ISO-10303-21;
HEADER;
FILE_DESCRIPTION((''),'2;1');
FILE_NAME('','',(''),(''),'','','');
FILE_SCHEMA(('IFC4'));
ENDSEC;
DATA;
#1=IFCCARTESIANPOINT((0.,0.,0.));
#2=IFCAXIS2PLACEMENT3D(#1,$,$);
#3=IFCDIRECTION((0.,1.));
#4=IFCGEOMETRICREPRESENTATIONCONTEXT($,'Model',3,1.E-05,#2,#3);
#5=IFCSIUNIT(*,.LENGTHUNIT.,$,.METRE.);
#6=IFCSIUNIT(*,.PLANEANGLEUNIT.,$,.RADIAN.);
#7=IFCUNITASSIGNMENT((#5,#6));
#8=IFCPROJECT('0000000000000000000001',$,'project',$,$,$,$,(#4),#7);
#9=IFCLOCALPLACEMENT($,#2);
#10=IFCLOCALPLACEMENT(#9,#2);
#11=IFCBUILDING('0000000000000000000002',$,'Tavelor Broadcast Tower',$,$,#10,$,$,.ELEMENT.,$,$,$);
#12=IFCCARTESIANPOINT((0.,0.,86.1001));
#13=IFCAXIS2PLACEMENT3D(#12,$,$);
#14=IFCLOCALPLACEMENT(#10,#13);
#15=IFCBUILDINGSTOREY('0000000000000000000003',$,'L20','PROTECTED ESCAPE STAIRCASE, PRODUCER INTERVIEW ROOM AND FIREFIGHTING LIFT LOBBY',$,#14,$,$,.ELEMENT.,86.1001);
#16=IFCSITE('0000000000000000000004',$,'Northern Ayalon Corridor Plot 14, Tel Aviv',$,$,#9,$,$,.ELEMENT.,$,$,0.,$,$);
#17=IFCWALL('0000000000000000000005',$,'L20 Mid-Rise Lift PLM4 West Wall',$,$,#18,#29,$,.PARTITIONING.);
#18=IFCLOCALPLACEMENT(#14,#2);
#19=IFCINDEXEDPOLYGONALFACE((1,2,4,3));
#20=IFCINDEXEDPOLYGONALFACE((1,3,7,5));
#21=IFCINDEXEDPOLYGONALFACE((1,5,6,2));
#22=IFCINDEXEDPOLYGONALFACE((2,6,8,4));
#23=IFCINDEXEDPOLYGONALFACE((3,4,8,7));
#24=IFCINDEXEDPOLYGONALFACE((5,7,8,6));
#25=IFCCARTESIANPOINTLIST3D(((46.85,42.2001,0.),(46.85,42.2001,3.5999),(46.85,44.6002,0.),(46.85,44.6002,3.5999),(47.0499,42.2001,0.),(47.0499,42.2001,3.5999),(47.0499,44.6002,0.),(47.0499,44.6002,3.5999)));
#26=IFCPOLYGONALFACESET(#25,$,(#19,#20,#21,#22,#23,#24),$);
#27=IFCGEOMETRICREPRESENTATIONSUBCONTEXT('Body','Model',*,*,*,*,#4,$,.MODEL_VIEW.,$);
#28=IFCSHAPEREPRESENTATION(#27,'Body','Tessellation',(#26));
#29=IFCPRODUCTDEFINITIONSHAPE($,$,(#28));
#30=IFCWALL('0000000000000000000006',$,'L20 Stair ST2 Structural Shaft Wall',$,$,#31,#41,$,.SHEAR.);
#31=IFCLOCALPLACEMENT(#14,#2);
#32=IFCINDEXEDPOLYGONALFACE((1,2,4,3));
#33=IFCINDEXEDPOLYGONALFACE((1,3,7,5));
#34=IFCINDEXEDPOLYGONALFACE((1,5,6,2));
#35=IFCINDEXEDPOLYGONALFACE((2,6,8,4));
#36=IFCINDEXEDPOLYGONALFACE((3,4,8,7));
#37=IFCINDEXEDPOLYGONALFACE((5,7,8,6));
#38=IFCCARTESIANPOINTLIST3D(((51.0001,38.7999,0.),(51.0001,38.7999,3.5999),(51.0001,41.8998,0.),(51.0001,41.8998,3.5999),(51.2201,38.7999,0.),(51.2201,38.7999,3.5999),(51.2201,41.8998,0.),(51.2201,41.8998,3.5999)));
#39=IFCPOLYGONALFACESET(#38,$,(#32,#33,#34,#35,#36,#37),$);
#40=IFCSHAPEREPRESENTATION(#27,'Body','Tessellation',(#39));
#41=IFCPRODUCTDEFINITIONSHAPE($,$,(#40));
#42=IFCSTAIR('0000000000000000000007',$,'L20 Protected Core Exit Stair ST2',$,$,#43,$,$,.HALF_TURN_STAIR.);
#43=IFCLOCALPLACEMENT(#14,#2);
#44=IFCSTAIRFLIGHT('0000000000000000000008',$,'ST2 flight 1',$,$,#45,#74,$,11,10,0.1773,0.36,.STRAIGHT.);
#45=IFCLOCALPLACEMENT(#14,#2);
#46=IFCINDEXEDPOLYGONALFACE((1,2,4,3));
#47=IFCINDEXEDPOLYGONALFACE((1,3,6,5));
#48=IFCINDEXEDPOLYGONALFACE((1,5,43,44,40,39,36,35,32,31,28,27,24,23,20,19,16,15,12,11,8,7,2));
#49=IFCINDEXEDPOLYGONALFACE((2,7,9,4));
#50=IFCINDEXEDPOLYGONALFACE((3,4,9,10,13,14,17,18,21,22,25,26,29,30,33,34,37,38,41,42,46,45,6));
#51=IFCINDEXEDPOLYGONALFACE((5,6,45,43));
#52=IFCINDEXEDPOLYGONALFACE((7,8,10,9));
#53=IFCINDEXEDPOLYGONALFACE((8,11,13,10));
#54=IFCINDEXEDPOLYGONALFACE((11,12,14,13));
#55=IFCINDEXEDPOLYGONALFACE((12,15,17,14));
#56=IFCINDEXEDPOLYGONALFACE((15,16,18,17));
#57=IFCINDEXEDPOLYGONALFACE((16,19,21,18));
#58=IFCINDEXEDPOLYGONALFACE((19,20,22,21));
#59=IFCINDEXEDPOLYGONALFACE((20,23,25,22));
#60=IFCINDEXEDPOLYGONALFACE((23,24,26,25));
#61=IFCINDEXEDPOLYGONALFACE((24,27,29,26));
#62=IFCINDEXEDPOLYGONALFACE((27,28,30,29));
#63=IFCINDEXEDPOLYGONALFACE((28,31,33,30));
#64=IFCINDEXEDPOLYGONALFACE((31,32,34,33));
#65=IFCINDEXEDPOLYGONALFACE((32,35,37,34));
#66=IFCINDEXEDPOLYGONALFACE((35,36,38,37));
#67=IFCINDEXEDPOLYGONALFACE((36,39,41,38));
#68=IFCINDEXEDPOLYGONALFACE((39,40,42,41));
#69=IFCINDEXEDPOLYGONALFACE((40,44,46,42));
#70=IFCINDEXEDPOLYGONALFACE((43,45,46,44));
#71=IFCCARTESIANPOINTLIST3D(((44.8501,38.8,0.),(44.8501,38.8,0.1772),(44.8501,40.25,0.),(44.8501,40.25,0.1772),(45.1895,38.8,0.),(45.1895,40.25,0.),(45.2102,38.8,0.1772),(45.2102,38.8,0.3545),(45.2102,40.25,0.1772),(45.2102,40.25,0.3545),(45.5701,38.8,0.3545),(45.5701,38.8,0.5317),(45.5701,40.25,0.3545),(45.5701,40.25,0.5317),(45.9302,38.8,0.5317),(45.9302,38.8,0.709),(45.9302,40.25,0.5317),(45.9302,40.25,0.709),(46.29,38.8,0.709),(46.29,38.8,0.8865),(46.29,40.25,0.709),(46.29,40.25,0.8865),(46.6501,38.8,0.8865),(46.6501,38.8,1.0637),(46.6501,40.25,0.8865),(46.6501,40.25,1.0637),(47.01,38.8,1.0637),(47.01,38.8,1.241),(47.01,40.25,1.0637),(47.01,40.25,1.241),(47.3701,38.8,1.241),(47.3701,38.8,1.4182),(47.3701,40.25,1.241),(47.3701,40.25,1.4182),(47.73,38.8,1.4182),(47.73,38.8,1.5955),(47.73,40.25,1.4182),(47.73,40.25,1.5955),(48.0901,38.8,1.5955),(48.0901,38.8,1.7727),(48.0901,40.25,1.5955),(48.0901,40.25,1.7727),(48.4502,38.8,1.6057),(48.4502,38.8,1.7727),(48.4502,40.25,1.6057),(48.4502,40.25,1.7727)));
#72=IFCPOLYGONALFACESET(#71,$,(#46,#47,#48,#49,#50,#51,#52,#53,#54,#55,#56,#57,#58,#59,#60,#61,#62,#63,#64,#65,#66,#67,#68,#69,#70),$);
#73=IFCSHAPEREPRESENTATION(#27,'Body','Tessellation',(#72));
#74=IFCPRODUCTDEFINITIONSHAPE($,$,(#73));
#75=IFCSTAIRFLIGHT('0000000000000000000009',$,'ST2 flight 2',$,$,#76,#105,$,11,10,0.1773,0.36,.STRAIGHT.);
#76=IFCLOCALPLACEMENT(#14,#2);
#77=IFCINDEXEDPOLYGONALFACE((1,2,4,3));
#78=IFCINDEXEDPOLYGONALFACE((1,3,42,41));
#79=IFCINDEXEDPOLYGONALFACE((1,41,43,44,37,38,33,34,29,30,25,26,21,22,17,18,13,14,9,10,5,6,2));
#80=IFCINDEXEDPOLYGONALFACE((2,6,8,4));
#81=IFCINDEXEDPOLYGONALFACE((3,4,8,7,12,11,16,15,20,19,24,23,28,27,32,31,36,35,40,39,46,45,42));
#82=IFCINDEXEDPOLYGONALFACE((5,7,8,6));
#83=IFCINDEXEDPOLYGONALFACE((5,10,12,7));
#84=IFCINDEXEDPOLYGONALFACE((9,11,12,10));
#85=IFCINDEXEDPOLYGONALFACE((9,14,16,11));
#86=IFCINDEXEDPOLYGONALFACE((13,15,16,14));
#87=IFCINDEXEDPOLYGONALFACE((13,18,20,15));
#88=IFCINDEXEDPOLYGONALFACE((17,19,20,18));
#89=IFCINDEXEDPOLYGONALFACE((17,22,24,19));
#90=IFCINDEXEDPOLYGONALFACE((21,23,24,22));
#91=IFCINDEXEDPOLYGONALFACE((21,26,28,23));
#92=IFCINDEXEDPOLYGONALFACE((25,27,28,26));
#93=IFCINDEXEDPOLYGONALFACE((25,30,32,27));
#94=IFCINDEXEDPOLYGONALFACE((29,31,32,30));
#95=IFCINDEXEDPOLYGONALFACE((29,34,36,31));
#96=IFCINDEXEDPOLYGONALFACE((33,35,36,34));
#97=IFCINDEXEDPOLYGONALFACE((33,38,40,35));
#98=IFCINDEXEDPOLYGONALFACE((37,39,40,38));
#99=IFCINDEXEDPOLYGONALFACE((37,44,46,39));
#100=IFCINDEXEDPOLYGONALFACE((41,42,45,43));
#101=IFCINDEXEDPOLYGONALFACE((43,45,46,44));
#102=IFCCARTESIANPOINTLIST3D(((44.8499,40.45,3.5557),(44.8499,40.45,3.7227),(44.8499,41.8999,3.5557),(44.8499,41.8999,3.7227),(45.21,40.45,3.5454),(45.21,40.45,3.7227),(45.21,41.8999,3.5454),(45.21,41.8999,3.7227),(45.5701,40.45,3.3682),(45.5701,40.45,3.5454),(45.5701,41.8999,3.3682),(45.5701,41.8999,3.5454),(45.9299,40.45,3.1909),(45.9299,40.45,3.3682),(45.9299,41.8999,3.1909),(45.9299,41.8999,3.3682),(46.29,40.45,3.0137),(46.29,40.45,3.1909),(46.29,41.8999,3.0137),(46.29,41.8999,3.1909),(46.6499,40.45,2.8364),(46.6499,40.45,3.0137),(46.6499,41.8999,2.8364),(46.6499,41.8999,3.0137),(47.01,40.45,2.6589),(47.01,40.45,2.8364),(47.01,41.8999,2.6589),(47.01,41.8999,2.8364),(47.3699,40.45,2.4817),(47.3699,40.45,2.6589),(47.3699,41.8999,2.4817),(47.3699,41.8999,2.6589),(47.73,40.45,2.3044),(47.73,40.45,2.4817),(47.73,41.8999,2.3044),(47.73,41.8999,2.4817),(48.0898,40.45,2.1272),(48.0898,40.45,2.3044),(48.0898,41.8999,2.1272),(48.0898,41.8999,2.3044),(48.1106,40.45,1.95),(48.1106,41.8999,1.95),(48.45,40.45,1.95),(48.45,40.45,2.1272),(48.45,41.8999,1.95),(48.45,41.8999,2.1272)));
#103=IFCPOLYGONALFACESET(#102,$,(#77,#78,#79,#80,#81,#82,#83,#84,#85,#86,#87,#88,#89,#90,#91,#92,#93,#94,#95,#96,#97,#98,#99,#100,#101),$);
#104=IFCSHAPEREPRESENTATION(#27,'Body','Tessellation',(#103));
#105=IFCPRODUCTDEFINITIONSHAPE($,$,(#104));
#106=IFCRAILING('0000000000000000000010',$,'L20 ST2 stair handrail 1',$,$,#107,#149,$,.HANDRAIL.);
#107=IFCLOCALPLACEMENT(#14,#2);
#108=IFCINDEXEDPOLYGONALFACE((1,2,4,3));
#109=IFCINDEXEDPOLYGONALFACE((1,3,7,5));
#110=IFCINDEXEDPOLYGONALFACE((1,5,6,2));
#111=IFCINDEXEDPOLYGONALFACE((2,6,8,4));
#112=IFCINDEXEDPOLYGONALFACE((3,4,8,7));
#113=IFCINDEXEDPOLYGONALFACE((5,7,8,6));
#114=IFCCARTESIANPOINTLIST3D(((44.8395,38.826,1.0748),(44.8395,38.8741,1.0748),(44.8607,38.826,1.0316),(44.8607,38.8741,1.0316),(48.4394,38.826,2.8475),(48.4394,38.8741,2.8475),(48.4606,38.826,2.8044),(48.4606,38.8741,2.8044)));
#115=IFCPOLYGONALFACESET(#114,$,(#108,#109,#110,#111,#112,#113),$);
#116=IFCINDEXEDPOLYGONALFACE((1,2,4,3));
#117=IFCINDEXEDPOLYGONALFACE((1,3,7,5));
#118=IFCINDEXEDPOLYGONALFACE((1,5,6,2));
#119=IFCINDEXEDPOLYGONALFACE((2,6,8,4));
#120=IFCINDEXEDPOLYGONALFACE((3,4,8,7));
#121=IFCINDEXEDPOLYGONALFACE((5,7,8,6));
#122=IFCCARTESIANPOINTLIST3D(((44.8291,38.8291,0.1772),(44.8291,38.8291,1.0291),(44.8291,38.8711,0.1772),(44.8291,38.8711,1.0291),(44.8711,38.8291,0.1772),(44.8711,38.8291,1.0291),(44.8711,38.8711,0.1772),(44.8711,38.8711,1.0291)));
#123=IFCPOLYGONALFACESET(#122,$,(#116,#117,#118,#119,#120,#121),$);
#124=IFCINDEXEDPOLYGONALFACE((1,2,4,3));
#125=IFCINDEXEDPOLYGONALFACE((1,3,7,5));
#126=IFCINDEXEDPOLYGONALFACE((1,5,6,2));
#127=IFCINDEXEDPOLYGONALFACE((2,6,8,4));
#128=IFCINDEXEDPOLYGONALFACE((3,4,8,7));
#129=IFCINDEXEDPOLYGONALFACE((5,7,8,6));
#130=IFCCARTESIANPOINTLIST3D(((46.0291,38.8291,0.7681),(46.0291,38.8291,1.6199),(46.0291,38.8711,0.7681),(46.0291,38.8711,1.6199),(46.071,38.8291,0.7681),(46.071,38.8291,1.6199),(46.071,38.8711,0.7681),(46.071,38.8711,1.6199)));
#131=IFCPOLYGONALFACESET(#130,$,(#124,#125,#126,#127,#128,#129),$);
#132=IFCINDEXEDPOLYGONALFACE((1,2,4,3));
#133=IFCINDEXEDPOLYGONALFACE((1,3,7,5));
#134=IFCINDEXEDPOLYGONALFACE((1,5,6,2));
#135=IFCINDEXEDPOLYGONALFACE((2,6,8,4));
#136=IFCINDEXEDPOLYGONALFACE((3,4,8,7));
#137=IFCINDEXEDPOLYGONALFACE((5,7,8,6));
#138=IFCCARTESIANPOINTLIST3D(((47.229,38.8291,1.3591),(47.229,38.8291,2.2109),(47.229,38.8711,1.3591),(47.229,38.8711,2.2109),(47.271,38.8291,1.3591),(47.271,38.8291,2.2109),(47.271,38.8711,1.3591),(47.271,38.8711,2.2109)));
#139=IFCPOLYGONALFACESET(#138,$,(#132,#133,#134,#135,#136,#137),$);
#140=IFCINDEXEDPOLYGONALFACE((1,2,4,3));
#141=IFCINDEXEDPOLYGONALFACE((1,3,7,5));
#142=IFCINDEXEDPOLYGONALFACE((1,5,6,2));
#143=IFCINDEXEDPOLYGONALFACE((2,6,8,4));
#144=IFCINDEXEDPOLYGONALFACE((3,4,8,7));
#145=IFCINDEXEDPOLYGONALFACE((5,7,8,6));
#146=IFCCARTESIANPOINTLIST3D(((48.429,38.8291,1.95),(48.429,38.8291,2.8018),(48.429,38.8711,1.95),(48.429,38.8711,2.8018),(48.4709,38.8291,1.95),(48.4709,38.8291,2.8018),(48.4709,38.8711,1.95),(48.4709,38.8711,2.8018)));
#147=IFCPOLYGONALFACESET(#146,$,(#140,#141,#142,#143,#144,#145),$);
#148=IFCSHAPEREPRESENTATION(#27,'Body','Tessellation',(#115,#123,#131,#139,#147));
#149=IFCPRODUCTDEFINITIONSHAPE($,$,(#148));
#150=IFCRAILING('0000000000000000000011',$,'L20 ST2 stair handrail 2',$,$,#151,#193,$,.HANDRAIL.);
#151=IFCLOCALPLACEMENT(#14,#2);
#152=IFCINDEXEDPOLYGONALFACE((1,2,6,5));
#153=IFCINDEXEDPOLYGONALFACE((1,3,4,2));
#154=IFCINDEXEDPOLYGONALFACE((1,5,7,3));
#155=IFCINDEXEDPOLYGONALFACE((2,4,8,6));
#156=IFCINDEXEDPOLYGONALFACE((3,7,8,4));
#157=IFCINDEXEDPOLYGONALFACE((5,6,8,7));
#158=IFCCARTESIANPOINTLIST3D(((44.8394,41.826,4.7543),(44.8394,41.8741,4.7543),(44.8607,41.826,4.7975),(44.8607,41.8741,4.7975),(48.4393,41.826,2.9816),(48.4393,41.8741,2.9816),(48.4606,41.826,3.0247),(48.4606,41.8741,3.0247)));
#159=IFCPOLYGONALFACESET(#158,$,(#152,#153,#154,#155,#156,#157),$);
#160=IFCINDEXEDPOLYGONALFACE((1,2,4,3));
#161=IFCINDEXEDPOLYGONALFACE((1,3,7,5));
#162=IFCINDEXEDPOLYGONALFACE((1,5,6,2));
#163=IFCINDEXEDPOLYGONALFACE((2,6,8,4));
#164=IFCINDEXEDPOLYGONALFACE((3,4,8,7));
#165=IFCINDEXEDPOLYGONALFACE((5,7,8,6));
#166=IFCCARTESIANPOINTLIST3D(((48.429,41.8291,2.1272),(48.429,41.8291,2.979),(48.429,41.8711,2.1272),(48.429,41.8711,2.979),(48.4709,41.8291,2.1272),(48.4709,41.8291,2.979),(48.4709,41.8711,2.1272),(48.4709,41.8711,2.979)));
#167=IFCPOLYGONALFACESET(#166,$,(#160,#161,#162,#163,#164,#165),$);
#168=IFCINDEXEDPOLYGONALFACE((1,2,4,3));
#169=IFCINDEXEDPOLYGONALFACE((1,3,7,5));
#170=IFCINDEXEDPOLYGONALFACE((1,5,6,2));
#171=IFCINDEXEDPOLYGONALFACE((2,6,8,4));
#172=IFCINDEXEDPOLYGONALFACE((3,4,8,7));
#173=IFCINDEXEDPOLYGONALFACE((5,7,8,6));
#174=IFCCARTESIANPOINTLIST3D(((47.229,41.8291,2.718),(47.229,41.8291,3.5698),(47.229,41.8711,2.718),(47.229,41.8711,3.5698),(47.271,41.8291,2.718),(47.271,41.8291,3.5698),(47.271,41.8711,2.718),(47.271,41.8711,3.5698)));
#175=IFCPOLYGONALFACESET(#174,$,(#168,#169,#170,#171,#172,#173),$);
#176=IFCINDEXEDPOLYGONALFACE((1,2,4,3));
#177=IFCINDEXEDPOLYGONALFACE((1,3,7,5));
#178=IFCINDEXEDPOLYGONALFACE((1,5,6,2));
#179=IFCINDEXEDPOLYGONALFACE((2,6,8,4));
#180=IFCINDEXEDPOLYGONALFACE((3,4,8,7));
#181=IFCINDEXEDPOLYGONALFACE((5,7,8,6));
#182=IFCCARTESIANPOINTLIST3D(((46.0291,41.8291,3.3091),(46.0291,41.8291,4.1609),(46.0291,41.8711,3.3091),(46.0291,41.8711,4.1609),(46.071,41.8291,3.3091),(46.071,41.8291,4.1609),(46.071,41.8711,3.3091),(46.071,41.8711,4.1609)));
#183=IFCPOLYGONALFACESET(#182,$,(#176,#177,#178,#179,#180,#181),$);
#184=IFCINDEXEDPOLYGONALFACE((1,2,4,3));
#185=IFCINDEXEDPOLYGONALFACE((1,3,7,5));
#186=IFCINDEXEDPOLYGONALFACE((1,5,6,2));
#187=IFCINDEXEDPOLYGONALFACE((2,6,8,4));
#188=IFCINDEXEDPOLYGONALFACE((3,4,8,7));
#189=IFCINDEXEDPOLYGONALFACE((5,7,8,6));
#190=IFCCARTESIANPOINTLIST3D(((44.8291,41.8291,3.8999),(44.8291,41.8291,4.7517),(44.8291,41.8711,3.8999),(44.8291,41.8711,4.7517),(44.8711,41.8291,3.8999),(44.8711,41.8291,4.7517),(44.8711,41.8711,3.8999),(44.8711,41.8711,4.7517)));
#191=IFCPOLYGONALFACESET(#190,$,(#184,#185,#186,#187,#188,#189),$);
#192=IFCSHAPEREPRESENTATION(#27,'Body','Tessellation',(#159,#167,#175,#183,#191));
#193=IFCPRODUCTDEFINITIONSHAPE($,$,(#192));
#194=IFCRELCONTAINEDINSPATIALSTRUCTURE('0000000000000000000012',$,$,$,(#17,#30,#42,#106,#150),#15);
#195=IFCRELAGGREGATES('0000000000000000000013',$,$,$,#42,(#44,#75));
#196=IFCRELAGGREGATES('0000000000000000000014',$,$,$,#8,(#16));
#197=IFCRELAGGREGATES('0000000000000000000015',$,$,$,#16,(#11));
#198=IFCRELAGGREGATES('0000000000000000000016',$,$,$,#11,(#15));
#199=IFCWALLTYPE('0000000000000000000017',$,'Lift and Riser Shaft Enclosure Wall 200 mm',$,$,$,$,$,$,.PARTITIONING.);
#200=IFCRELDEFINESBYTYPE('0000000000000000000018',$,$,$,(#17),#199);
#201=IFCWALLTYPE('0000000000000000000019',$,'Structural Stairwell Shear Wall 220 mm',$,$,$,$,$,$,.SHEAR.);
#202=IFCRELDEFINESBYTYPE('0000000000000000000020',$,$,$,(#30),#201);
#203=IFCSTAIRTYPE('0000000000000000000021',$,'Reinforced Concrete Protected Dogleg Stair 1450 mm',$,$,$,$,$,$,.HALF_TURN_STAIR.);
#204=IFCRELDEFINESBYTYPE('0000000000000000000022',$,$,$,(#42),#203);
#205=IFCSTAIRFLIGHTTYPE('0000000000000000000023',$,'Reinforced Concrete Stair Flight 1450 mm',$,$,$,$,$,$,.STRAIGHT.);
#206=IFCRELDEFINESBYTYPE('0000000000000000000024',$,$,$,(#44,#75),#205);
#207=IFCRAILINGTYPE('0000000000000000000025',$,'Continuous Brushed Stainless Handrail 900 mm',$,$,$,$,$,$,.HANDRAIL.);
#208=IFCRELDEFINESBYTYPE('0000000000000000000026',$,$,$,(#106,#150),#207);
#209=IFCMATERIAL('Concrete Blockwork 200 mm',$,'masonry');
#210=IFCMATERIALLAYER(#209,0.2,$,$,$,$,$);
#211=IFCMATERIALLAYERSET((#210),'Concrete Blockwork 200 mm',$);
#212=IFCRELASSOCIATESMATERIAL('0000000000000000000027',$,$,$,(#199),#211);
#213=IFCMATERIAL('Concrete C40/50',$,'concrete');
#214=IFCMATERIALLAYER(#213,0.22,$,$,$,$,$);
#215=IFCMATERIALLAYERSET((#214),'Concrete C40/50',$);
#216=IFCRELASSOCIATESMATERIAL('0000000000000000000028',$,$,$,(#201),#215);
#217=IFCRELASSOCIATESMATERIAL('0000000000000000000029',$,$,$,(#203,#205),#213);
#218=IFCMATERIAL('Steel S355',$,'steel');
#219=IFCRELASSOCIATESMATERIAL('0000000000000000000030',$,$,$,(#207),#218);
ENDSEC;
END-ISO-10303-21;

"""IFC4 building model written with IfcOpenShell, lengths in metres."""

from ifc_helpers import new_model, si_unit, direction, frame, frame_2d, origin, origin_2d, place, context, subcontext, project, spatial, polyline, rectangle, outline, extrude, material, layer, layer_set, type_object, element, aggregate, save


model = new_model("IFC4")

# Units and contexts
model_context = context("Model", 3, precision=1e-05, world=origin(), true_north=direction((0.0, 1.0)))
body_context = subcontext(model_context, "Body", "Model", "MODEL_VIEW")
ifc_project = project(units=[si_unit("LENGTHUNIT", "METRE"), si_unit("PLANEANGLEUNIT", "RADIAN")], contexts=[model_context])

# Site, building, storey
site_placement = place(None, origin())
site = spatial("IfcSite", under=ifc_project, at=site_placement, Name="Northern Ayalon Corridor Plot 14, Tel Aviv", CompositionType="ELEMENT", RefElevation=0.0)
building_placement = place(site_placement, origin())
building = spatial("IfcBuilding", under=site, at=building_placement, Name="Tavelor Broadcast Tower", CompositionType="ELEMENT")
storey_placement = place(building_placement, frame((0.0, 0.0, 86.1001)))
storey = spatial("IfcBuildingStorey", under=building, at=storey_placement, Name="L20", Description="PROTECTED ESCAPE STAIRCASE, PRODUCER INTERVIEW ROOM AND FIREFIGHTING LIFT LOBBY", CompositionType="ELEMENT", Elevation=86.1001)

# Shared definitions
ifc_material_1 = material(Name="Concrete C40/50", Category="concrete")
ifc_material_2 = material(Name="Steel S355", Category="steel")

# Walls
ifc_material_3 = material(Name="Concrete Blockwork 200 mm", Category="masonry")
ifc_layer_1 = layer(ifc_material_3, 0.2)
ifc_layer_set_1 = layer_set([ifc_layer_1], Name="Concrete Blockwork 200 mm")
wall_type_1 = type_object("IfcWallType", Name="Lift and Riser Shaft Enclosure Wall 200 mm", PredefinedType="PARTITIONING", material=ifc_layer_set_1)
wall_1_placement = place(storey_placement, frame((46.95, 42.2, 0.0), z_axis=(0.0, 0.0, 1.0), x_axis=(0.0, 1.0, 0.0)))
element("IfcWall", 1, at=wall_1_placement, inside=storey, type_object=wall_type_1, Name="L20 Mid-Rise Lift PLM4 West Wall", PredefinedType="PARTITIONING", context=body_context, shape_type="SweptSolid", body=[
    extrude(rectangle(XDim=2.4001, YDim=0.2, at=frame_2d((1.2002, 0.0))), origin(), (0.0, 0.0, 1.0), 3.5999),
])
ifc_layer_2 = layer(ifc_material_1, 0.22)
ifc_layer_set_2 = layer_set([ifc_layer_2], Name="Concrete C40/50")
wall_type_2 = type_object("IfcWallType", Name="Structural Stairwell Shear Wall 220 mm", PredefinedType="SHEAR", material=ifc_layer_set_2)
wall_2_placement = place(storey_placement, frame((51.1101, 38.8, 0.0), z_axis=(0.0, 0.0, 1.0), x_axis=(0.0, 1.0, 0.0)))
element("IfcWall", 2, at=wall_2_placement, inside=storey, type_object=wall_type_2, Name="L20 Stair ST2 Structural Shaft Wall", PredefinedType="SHEAR", context=body_context, shape_type="SweptSolid", body=[
    extrude(rectangle(XDim=3.0999, YDim=0.22, at=frame_2d((1.5498, 0.0))), origin(), (0.0, 0.0, 1.0), 3.5999),
])

# Stair, stair flights
stair_type = type_object("IfcStairType", Name="Reinforced Concrete Protected Dogleg Stair 1450 mm", PredefinedType="HALF_TURN_STAIR", material=ifc_material_1)
stair_placement = place(storey_placement, origin())
stair = element("IfcStair", 3, at=stair_placement, inside=storey, type_object=stair_type, Name="L20 Protected Core Exit Stair ST2", PredefinedType="HALF_TURN_STAIR")
stair_flight_type = type_object("IfcStairFlightType", Name="Reinforced Concrete Stair Flight 1450 mm", PredefinedType="STRAIGHT", material=ifc_material_1)
stair_flight_1_placement = place(storey_placement, frame((44.8501, 39.5249, 0.0), z_axis=(0.0, 0.0, 1.0), x_axis=(1.0, 0.0, 0.0)))
stair_flight_1 = element("IfcStairFlight", 4, at=stair_flight_1_placement, type_object=stair_flight_type, Name="ST2 flight 1", NumberOfRisers=11, NumberOfTreads=10, PredefinedType="STRAIGHT", RiserHeight=0.1773, TreadLength=0.36, context=body_context, shape_type="SweptSolid", body=[
    extrude(outline(polyline([(0.0, 0.0), (0.0, 0.1772), (0.3601, 0.1772), (0.3601, 0.3545), (0.72, 0.3545), (0.72, 0.5317), (1.0801, 0.5317), (1.0801, 0.709), (1.4399, 0.709), (1.4399, 0.8865), (1.8, 0.8865), (1.8, 1.0637), (2.1599, 1.0637), (2.1599, 1.241), (2.52, 1.241), (2.52, 1.4182), (2.8799, 1.4182), (2.8799, 1.5955), (3.24, 1.5955), (3.24, 1.7727), (3.6001, 1.7727), (3.6001, 1.95), (3.6001, 1.6057), (0.3394, 0.0), (0.0, 0.0)])), frame((0.0, 0.7251, 0.0), z_axis=(0.0, -1.0, 0.0), x_axis=(1.0, 0.0, 0.0)), (0.0, 0.0, 1.0), 1.45),
])
stair_flight_2_placement = place(storey_placement, frame((48.45, 41.175, 1.95), z_axis=(0.0, 0.0, 1.0), x_axis=(-1.0, 0.0, 0.0)))
stair_flight_2 = element("IfcStairFlight", 5, at=stair_flight_2_placement, type_object=stair_flight_type, Name="ST2 flight 2", NumberOfRisers=11, NumberOfTreads=10, PredefinedType="STRAIGHT", RiserHeight=0.1773, TreadLength=0.36, context=body_context, shape_type="SweptSolid", body=[
    extrude(outline(polyline([(0.0, 0.0), (0.0, 0.1772), (0.3601, 0.1772), (0.3601, 0.3545), (0.72, 0.3545), (0.72, 0.5317), (1.0801, 0.5317), (1.0801, 0.709), (1.4399, 0.709), (1.4399, 0.8865), (1.8, 0.8865), (1.8, 1.0637), (2.1599, 1.0637), (2.1599, 1.241), (2.52, 1.241), (2.52, 1.4182), (2.8799, 1.4182), (2.8799, 1.5955), (3.24, 1.5955), (3.24, 1.7727), (3.6001, 1.7727), (3.6001, 1.95), (3.6001, 1.6057), (0.3394, 0.0), (0.0, 0.0)])), frame((0.0, 0.7251, 0.0), z_axis=(0.0, -1.0, 0.0), x_axis=(1.0, 0.0, 0.0)), (0.0, 0.0, 1.0), 1.45),
])
aggregate(stair, [stair_flight_1, stair_flight_2])

# Railings
railing_type_1 = type_object("IfcRailingType", Name="Continuous Brushed Stainless Handrail 900 mm", PredefinedType="HANDRAIL", material=ifc_material_2)
railing_1_placement = place(storey_placement, frame((44.8501, 38.8501, 0.1772)))
element("IfcRailing", 6, at=railing_1_placement, inside=storey, type_object=railing_type_1, Name="L20 ST2 stair handrail 1", PredefinedType="HANDRAIL", context=body_context, shape_type="SweptSolid", body=[
    extrude(rectangle(XDim=0.0481, YDim=0.0481, at=origin_2d()), frame((0.0, 0.0, 0.876), z_axis=(0.897124, 0.0, 0.441778), x_axis=(0.0, 1.0, 0.0)), (0.0, 0.0, 1.0), 4.0127),
    extrude(rectangle(XDim=0.042, YDim=0.042, at=origin_2d()), origin(), (0.0, 0.0, 1.0), 0.8518),
    extrude(rectangle(XDim=0.042, YDim=0.042, at=origin_2d()), frame((1.2, 0.0, 0.5908)), (0.0, 0.0, 1.0), 0.8518),
    extrude(rectangle(XDim=0.042, YDim=0.042, at=origin_2d()), frame((2.3999, 0.0, 1.1819)), (0.0, 0.0, 1.0), 0.8518),
    extrude(rectangle(XDim=0.042, YDim=0.042, at=origin_2d()), frame((3.5999, 0.0, 1.7727)), (0.0, 0.0, 1.0), 0.8518),
])
railing_2_placement = place(storey_placement, frame((48.45, 41.8501, 2.1272)))
element("IfcRailing", 7, at=railing_2_placement, inside=storey, type_object=railing_type_1, Name="L20 ST2 stair handrail 2", PredefinedType="HANDRAIL", context=body_context, shape_type="SweptSolid", body=[
    extrude(rectangle(XDim=0.0481, YDim=0.0481, at=origin_2d()), frame((0.0, 0.0, 0.876), z_axis=(-0.897124, 0.0, 0.441778), x_axis=(0.0, -1.0, 0.0)), (0.0, 0.0, 1.0), 4.0127),
    extrude(rectangle(XDim=0.042, YDim=0.042, at=origin_2d()), origin(), (0.0, 0.0, 1.0), 0.8518),
    extrude(rectangle(XDim=0.042, YDim=0.042, at=origin_2d()), frame((-1.2, 0.0, 0.5908)), (0.0, 0.0, 1.0), 0.8518),
    extrude(rectangle(XDim=0.042, YDim=0.042, at=origin_2d()), frame((-2.3999, 0.0, 1.1819)), (0.0, 0.0, 1.0), 0.8518),
    extrude(rectangle(XDim=0.042, YDim=0.042, at=origin_2d()), frame((-3.5999, 0.0, 1.7727)), (0.0, 0.0, 1.0), 0.8518),
])

save(model, "model.ifc")
